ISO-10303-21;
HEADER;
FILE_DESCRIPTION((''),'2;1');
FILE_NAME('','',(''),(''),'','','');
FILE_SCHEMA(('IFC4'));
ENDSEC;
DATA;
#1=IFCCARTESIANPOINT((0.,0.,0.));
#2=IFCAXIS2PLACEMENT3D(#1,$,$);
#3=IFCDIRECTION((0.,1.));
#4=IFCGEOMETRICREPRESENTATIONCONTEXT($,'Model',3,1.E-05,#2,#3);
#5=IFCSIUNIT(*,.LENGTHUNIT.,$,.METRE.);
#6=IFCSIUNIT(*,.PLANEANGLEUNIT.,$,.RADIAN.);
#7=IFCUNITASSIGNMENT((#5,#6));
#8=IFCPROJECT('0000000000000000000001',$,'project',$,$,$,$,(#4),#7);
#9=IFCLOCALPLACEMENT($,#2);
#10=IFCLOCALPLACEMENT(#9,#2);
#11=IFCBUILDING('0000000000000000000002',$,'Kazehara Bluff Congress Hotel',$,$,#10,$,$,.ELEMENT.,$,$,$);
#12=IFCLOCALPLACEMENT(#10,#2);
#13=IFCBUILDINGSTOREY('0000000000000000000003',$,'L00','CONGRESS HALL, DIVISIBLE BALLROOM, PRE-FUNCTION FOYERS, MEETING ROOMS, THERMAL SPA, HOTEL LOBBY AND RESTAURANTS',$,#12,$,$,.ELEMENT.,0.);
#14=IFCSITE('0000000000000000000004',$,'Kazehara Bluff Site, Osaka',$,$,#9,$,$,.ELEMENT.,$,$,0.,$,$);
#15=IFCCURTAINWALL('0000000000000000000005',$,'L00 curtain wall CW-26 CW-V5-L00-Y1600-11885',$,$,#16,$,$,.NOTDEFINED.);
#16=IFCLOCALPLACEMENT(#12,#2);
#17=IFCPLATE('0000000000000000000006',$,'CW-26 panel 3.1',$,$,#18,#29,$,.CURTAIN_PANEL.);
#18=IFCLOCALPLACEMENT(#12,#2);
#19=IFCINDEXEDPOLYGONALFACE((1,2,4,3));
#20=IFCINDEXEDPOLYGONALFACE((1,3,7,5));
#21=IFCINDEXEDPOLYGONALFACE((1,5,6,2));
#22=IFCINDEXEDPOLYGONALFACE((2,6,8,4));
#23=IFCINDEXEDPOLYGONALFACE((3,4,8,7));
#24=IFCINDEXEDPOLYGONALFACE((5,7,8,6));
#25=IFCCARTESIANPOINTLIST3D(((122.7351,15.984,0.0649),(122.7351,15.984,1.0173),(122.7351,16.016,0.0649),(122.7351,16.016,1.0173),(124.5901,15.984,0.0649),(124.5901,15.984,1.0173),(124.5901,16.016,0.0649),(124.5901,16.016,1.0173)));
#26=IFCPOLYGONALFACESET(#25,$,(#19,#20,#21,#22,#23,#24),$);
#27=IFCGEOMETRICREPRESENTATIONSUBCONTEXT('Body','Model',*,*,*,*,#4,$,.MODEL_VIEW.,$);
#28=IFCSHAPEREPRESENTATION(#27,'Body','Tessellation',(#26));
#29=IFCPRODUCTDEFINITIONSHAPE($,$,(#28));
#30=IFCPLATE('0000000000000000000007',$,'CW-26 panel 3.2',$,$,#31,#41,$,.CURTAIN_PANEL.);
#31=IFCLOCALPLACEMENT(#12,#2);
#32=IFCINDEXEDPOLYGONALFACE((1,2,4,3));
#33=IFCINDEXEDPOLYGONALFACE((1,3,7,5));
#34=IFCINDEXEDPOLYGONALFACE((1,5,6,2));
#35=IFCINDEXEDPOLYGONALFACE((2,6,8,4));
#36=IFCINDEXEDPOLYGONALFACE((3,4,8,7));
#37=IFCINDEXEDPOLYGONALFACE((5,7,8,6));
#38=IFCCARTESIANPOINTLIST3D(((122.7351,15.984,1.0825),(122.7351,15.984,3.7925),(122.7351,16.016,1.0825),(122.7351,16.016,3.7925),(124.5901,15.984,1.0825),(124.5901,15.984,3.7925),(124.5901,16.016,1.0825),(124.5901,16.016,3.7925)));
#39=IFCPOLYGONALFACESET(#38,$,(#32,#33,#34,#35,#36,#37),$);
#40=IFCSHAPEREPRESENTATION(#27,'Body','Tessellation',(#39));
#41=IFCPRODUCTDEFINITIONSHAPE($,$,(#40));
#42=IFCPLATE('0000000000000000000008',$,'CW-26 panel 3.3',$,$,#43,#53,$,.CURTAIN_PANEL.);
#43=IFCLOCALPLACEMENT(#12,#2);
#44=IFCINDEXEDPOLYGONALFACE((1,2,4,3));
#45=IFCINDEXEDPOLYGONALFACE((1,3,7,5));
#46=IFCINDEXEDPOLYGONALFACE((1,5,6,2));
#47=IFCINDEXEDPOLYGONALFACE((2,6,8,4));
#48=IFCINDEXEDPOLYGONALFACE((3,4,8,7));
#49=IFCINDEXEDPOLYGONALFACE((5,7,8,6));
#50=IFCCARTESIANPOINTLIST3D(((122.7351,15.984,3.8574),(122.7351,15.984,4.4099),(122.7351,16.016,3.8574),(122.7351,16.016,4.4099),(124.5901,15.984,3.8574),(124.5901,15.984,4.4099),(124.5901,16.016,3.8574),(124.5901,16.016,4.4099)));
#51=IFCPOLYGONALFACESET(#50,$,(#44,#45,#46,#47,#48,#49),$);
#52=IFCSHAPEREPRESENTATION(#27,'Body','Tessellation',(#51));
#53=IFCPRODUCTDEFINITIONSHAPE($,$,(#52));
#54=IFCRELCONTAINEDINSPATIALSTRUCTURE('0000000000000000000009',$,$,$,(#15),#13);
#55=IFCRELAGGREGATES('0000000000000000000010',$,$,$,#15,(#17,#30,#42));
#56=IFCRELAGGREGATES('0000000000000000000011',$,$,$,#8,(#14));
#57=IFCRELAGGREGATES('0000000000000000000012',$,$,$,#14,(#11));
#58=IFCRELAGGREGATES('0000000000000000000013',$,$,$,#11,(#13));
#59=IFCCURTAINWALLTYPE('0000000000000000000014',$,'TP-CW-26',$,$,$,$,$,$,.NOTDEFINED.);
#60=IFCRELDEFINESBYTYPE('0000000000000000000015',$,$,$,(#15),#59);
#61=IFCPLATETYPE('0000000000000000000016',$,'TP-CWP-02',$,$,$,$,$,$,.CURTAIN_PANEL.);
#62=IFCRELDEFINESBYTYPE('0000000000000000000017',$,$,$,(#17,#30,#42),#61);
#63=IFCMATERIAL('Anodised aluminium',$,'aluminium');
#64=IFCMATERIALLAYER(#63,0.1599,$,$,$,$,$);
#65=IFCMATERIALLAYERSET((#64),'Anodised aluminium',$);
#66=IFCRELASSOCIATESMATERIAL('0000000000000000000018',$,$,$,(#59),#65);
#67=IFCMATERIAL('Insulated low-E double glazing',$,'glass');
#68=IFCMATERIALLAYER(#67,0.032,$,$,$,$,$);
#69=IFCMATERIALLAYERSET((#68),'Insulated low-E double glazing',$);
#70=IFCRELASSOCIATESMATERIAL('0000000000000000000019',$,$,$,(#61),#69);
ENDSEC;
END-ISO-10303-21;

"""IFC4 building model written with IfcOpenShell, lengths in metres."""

from ifc_helpers import new_model, si_unit, direction, frame, origin, origin_2d, place, context, subcontext, project, spatial, rectangle, extrude, material, layer, layer_set, type_object, element, aggregate, save


model = new_model("IFC4")

# Units and contexts
model_context = context("Model", 3, precision=1e-05, world=origin(), true_north=direction((0.0, 1.0)))
body_context = subcontext(model_context, "Body", "Model", "MODEL_VIEW")
ifc_project = project(units=[si_unit("LENGTHUNIT", "METRE"), si_unit("PLANEANGLEUNIT", "RADIAN")], contexts=[model_context])

# Site, building, storey
site_placement = place(None, origin())
site = spatial("IfcSite", under=ifc_project, at=site_placement, Name="Kazehara Bluff Site, Osaka", CompositionType="ELEMENT", RefElevation=0.0)
building_placement = place(site_placement, origin())
building = spatial("IfcBuilding", under=site, at=building_placement, Name="Kazehara Bluff Congress Hotel", CompositionType="ELEMENT")
storey_placement = place(building_placement, origin())
storey = spatial("IfcBuildingStorey", under=building, at=storey_placement, Name="L00", Description="CONGRESS HALL, DIVISIBLE BALLROOM, PRE-FUNCTION FOYERS, MEETING ROOMS, THERMAL SPA, HOTEL LOBBY AND RESTAURANTS", CompositionType="ELEMENT", Elevation=0.0)

# Curtain wall
ifc_material_1 = material(Name="Anodised aluminium", Category="aluminium")
ifc_layer_1 = layer(ifc_material_1, 0.1599)
ifc_layer_set_1 = layer_set([ifc_layer_1], Name="Anodised aluminium")
curtain_wall_type = type_object("IfcCurtainWallType", Name="TP-CW-26", PredefinedType="NOTDEFINED", material=ifc_layer_set_1)
curtain_wall_placement = place(storey_placement, origin())
curtain_wall = element("IfcCurtainWall", 1, at=curtain_wall_placement, inside=storey, type_object=curtain_wall_type, Name="L00 curtain wall CW-26 CW-V5-L00-Y1600-11885", PredefinedType="NOTDEFINED")

# Plates
ifc_material_2 = material(Name="Insulated low-E double glazing", Category="glass")
ifc_layer_2 = layer(ifc_material_2, 0.032)
ifc_layer_set_2 = layer_set([ifc_layer_2], Name="Insulated low-E double glazing")
plate_type = type_object("IfcPlateType", Name="TP-CWP-02", PredefinedType="CURTAIN_PANEL", material=ifc_layer_set_2)
plate_1_placement = place(storey_placement, frame((123.6626, 16.0, 0.0649), z_axis=(0.0, 0.0, 1.0), x_axis=(1.0, 0.0, 0.0)))
plate_1 = element("IfcPlate", 2, at=plate_1_placement, type_object=plate_type, Name="CW-26 panel 3.1", PredefinedType="CURTAIN_PANEL", context=body_context, shape_type="SweptSolid", body=[
    extrude(rectangle(XDim=1.855, YDim=0.032, at=origin_2d()), origin(), (0.0, 0.0, 1.0), 0.9524),
])
plate_2_placement = place(storey_placement, frame((123.6626, 16.0, 1.0825), z_axis=(0.0, 0.0, 1.0), x_axis=(1.0, 0.0, 0.0)))
plate_2 = element("IfcPlate", 3, at=plate_2_placement, type_object=plate_type, Name="CW-26 panel 3.2", PredefinedType="CURTAIN_PANEL", context=body_context, shape_type="SweptSolid", body=[
    extrude(rectangle(XDim=1.855, YDim=0.032, at=origin_2d()), origin(), (0.0, 0.0, 1.0), 2.71),
])
plate_3_placement = place(storey_placement, frame((123.6626, 16.0, 3.8574), z_axis=(0.0, 0.0, 1.0), x_axis=(1.0, 0.0, 0.0)))
plate_3 = element("IfcPlate", 4, at=plate_3_placement, type_object=plate_type, Name="CW-26 panel 3.3", PredefinedType="CURTAIN_PANEL", context=body_context, shape_type="SweptSolid", body=[
    extrude(rectangle(XDim=1.855, YDim=0.032, at=origin_2d()), origin(), (0.0, 0.0, 1.0), 0.5525),
])
aggregate(curtain_wall, [plate_1, plate_2, plate_3])

save(model, "model.ifc")
